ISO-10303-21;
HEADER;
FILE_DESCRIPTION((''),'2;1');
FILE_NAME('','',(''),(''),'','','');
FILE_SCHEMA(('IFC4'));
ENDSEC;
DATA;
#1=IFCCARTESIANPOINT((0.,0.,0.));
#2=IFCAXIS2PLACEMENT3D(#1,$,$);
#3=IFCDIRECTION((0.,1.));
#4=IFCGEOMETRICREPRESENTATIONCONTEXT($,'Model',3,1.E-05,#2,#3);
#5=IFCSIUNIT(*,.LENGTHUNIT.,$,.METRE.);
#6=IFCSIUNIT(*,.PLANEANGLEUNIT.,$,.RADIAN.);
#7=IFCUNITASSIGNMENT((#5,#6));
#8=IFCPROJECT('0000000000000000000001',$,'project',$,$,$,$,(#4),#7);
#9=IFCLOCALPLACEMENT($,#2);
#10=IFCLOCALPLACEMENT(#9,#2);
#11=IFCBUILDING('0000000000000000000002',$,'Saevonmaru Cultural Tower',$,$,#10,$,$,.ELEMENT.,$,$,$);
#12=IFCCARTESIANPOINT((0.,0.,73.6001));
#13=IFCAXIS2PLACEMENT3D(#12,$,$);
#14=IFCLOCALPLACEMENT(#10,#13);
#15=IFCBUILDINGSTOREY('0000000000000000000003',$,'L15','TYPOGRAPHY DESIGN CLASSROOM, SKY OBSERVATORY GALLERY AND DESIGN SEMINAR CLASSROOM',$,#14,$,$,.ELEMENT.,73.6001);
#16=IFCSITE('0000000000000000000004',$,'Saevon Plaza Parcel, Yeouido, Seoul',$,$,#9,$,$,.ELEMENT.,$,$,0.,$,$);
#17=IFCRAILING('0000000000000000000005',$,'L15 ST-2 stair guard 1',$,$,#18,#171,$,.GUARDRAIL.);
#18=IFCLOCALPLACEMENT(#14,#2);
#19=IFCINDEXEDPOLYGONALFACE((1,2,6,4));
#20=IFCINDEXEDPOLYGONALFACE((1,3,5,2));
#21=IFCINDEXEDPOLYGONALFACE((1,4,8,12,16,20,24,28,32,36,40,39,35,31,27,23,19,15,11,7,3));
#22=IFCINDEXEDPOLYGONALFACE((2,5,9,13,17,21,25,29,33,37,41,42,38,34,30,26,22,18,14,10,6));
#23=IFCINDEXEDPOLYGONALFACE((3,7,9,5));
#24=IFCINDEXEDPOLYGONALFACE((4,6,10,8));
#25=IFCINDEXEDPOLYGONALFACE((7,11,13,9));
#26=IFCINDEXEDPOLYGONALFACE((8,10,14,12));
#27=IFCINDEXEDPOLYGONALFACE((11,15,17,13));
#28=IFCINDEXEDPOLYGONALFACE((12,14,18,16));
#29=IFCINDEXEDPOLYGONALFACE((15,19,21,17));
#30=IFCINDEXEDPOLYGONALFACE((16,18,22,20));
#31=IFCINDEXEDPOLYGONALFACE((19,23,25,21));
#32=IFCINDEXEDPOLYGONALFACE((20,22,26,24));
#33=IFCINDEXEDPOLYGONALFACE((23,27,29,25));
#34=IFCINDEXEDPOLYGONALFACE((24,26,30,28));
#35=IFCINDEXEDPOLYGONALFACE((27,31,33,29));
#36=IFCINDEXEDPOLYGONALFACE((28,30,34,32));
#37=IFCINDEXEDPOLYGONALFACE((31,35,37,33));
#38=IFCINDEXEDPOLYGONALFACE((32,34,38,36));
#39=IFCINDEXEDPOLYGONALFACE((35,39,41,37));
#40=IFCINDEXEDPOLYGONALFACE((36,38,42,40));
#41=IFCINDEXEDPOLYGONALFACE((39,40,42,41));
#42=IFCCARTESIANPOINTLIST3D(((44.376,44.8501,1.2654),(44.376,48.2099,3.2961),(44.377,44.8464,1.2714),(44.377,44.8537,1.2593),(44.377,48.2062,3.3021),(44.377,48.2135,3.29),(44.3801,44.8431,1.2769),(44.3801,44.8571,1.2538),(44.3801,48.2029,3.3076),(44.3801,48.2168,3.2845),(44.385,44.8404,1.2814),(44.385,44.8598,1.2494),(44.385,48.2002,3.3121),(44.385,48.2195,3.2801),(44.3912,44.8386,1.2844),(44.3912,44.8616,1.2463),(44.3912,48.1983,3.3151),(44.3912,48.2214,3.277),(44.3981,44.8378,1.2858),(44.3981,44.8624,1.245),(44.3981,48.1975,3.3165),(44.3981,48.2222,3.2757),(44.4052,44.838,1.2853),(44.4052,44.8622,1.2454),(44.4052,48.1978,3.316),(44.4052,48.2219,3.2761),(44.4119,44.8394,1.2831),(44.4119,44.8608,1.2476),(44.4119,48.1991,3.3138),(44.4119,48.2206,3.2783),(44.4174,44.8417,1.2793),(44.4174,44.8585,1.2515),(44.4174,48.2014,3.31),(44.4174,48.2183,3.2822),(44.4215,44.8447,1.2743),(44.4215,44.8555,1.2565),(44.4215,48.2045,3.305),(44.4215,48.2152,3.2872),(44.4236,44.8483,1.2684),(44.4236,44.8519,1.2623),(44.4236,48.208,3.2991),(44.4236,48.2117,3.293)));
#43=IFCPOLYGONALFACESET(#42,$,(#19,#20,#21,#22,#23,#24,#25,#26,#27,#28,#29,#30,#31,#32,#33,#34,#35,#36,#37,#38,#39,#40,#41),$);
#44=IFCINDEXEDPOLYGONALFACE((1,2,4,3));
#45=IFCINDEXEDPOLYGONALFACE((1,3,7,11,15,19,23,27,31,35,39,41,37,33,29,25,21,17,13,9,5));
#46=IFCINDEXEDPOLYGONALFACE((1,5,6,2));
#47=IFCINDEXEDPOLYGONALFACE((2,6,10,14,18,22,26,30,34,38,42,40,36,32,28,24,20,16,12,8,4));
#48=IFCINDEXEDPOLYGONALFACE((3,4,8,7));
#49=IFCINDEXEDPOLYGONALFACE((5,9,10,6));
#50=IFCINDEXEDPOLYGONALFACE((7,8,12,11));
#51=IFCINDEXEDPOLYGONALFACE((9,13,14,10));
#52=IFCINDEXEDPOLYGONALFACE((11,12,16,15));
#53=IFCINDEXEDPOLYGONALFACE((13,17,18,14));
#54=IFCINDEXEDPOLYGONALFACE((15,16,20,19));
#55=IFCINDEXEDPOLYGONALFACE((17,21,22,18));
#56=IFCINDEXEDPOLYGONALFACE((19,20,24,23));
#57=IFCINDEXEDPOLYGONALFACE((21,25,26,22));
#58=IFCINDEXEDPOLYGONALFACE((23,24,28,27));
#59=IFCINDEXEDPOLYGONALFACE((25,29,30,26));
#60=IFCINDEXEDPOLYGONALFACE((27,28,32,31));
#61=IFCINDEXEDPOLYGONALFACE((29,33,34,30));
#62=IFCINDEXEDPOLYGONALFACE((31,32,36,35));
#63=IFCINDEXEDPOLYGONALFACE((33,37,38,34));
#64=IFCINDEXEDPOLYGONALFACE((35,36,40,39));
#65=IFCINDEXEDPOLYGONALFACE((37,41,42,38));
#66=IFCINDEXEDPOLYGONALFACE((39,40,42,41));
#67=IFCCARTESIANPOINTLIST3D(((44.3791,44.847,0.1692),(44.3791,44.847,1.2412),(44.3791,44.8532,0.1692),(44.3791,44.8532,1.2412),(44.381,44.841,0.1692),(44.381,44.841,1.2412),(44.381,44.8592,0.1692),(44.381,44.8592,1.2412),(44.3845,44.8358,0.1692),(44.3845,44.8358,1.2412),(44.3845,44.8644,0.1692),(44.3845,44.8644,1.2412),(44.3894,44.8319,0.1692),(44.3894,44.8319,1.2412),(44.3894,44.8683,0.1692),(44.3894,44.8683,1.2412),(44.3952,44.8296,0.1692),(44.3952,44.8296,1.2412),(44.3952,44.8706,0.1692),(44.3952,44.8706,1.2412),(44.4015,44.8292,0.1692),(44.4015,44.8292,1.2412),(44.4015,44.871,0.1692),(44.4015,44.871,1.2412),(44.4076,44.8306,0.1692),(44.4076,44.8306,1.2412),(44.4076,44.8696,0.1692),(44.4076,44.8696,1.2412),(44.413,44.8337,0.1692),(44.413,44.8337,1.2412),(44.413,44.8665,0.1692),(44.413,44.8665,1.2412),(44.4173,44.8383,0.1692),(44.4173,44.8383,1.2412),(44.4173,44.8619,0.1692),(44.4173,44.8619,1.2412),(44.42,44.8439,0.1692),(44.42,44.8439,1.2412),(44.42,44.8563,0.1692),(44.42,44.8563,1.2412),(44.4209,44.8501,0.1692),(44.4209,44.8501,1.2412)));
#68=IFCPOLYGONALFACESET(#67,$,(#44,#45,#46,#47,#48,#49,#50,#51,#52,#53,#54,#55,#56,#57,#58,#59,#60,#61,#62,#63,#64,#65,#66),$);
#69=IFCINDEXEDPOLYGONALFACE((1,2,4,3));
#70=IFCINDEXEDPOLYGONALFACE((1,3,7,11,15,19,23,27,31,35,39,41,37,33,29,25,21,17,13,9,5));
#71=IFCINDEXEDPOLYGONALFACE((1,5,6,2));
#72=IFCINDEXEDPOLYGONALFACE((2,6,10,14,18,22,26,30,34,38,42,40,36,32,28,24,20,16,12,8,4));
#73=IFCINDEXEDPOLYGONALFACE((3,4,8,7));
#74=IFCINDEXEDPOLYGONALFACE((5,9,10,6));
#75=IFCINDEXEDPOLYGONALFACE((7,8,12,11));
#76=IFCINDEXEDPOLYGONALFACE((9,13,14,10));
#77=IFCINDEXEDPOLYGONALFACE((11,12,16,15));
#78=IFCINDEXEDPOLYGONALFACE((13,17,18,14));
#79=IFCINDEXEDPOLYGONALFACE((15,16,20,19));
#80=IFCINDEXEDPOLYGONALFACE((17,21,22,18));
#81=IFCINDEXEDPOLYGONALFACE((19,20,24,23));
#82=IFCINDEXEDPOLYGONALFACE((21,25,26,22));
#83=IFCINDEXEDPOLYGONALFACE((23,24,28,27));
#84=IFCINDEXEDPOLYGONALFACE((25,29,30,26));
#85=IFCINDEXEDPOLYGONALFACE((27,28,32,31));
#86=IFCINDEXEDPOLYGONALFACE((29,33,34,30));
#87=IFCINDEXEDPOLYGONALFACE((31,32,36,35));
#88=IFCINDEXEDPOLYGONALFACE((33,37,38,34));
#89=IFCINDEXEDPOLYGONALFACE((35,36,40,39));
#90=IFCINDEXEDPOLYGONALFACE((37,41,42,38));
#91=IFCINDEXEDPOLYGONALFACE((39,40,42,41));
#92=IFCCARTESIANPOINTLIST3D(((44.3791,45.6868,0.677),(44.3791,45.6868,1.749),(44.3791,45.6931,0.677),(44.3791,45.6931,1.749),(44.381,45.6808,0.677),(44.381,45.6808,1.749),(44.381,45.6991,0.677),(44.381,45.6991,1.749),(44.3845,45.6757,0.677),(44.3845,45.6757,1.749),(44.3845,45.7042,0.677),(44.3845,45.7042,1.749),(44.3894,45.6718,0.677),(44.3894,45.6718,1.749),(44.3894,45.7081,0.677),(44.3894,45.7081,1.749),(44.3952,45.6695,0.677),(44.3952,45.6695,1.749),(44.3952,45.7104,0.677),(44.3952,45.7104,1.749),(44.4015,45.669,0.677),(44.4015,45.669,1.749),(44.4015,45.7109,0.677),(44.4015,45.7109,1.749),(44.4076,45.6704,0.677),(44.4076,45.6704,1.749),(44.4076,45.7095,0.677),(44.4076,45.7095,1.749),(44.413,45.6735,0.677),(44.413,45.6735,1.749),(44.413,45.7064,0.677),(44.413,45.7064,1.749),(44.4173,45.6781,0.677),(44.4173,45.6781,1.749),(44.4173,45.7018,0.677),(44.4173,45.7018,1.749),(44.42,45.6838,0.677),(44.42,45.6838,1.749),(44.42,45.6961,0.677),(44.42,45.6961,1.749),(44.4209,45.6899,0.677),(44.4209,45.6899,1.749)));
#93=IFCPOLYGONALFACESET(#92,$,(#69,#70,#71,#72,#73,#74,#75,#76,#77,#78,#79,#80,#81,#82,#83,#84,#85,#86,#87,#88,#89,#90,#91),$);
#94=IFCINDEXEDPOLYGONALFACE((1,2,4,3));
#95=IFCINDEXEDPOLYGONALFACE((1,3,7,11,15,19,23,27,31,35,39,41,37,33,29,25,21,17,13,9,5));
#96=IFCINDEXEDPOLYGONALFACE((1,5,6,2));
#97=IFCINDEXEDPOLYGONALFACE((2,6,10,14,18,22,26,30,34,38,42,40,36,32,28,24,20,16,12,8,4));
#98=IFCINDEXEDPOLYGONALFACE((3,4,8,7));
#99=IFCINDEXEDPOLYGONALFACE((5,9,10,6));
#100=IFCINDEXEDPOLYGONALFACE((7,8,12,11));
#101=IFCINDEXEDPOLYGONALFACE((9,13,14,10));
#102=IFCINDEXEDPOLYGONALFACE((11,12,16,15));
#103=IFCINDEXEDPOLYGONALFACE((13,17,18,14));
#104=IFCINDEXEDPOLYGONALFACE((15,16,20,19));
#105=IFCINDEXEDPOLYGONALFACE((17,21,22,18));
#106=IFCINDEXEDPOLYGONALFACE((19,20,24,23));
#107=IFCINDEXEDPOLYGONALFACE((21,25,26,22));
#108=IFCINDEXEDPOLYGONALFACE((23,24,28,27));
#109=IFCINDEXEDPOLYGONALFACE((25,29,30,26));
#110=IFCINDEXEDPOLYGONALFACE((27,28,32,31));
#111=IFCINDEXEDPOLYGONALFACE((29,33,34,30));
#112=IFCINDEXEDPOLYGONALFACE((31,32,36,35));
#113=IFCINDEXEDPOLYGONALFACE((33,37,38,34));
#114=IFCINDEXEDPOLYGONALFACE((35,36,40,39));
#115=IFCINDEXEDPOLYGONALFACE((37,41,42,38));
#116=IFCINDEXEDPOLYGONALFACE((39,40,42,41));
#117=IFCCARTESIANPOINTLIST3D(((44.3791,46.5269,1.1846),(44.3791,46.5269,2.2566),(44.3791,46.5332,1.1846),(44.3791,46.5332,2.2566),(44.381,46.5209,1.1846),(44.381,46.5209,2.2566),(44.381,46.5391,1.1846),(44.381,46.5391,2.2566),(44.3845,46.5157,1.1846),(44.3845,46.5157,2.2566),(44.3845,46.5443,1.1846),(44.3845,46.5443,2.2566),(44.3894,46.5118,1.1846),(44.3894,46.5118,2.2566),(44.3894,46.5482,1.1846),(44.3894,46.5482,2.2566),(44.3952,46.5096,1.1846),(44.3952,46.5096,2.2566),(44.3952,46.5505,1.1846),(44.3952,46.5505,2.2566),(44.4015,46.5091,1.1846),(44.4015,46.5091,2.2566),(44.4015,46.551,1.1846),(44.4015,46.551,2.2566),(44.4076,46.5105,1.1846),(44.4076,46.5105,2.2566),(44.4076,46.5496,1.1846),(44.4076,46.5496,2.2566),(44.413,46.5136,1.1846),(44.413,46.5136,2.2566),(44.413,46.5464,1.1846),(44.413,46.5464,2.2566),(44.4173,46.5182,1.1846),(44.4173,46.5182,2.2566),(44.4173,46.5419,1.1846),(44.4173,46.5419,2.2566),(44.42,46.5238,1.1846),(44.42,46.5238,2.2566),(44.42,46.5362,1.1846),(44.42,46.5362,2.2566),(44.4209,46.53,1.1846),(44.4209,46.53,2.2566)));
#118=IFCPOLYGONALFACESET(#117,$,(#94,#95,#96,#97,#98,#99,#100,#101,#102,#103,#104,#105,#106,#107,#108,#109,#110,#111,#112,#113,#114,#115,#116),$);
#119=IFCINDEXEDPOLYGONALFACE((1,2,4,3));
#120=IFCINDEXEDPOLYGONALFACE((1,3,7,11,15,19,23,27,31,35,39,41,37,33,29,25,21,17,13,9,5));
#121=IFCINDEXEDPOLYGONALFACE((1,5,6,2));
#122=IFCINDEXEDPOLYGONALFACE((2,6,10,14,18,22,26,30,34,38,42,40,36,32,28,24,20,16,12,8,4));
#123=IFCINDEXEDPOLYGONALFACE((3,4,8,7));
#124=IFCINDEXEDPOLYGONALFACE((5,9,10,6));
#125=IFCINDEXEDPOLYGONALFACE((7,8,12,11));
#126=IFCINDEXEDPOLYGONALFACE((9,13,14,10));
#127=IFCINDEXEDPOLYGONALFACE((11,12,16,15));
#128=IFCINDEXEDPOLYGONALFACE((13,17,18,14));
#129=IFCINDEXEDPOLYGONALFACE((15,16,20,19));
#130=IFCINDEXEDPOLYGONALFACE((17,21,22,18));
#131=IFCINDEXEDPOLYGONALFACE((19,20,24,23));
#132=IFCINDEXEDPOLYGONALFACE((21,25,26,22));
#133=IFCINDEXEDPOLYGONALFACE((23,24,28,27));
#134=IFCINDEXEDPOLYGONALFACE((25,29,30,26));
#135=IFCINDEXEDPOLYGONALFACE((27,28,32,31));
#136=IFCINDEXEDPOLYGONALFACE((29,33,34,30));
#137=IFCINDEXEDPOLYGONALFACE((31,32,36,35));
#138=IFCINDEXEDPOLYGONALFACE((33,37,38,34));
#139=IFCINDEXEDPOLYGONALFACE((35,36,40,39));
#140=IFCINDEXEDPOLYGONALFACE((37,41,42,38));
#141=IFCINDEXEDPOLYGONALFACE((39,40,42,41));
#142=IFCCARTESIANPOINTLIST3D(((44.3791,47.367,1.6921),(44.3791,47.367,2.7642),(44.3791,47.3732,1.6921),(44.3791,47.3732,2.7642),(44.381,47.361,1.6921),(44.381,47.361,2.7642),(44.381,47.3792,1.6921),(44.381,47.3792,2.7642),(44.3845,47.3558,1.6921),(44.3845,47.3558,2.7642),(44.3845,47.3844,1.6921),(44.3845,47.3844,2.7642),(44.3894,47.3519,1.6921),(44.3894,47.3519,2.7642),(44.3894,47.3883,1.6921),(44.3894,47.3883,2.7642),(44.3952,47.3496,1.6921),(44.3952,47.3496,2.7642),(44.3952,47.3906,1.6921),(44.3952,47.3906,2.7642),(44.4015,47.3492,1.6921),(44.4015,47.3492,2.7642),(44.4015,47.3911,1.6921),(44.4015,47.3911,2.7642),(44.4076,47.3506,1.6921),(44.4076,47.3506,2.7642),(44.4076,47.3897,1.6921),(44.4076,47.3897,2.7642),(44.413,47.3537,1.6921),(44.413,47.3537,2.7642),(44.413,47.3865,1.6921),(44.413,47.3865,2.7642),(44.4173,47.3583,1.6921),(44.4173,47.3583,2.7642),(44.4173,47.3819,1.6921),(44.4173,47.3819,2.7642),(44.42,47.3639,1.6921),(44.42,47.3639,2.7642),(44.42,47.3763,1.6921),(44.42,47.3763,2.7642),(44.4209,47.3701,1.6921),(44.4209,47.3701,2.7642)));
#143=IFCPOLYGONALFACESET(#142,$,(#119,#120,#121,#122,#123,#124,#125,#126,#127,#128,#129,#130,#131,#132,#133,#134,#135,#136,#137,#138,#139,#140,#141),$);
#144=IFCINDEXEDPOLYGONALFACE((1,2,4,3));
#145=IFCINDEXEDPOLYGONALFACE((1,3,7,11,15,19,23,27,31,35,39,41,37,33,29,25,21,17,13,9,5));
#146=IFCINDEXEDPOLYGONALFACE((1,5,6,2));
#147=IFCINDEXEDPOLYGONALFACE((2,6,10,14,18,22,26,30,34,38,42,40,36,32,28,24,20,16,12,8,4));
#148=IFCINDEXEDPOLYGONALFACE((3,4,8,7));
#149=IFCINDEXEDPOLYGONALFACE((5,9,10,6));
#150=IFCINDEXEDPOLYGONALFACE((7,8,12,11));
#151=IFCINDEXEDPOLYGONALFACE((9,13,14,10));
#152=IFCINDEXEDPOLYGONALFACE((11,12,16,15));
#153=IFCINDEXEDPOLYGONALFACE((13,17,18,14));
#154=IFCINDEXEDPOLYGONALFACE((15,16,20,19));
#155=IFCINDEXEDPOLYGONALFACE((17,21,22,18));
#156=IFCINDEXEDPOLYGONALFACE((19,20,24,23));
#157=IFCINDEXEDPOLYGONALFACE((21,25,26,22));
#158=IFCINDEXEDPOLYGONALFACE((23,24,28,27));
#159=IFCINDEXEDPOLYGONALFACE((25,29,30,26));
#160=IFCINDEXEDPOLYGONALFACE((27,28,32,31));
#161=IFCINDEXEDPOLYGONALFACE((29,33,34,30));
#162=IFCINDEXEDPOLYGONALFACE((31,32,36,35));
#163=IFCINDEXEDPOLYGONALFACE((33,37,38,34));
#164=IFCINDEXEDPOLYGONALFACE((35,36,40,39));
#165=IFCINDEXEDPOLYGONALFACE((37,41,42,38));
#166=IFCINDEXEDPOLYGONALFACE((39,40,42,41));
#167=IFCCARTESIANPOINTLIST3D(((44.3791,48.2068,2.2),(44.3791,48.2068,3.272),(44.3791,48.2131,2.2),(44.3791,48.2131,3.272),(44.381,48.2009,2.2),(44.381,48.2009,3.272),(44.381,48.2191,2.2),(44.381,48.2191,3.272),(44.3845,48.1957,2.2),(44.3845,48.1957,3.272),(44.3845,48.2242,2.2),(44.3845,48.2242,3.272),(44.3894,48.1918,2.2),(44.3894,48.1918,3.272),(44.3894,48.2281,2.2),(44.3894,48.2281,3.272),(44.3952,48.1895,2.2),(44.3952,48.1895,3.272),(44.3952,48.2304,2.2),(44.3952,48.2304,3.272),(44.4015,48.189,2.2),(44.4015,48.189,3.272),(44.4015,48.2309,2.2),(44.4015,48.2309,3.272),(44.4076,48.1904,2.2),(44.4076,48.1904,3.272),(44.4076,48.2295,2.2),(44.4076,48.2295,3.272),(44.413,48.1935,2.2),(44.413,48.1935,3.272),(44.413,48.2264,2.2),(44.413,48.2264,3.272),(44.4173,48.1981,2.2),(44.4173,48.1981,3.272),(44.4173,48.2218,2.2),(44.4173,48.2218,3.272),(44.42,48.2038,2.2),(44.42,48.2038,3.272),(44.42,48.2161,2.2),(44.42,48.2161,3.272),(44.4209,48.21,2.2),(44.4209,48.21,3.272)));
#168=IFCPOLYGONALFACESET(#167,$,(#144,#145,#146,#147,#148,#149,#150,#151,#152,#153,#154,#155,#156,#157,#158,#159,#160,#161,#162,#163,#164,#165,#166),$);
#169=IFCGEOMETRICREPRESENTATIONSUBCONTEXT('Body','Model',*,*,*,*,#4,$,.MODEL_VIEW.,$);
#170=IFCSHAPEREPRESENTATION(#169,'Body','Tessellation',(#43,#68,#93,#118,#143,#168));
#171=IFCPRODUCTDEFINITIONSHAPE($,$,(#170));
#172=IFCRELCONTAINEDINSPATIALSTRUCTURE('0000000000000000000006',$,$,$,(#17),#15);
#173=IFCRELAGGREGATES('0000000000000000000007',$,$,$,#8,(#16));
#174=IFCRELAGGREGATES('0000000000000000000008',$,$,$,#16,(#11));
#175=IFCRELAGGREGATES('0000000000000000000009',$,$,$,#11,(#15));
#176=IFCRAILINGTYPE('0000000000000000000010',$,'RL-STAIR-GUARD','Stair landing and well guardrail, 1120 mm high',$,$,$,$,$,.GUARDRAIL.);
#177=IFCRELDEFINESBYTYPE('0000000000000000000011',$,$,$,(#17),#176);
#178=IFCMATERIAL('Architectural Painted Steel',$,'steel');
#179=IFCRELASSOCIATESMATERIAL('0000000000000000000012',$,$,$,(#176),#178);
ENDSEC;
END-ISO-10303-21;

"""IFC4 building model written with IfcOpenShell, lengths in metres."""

from ifc_helpers import new_model, si_unit, direction, frame, origin, origin_2d, place, context, subcontext, project, spatial, circle, extrude, material, type_object, element, save


model = new_model("IFC4")

# Units and contexts
model_context = context("Model", 3, precision=1e-05, world=origin(), true_north=direction((0.0, 1.0)))
body_context = subcontext(model_context, "Body", "Model", "MODEL_VIEW")
ifc_project = project(units=[si_unit("LENGTHUNIT", "METRE"), si_unit("PLANEANGLEUNIT", "RADIAN")], contexts=[model_context])

# Site, building, storey
site_placement = place(None, origin())
site = spatial("IfcSite", under=ifc_project, at=site_placement, Name="Saevon Plaza Parcel, Yeouido, Seoul", CompositionType="ELEMENT", RefElevation=0.0)
building_placement = place(site_placement, origin())
building = spatial("IfcBuilding", under=site, at=building_placement, Name="Saevonmaru Cultural Tower", CompositionType="ELEMENT")
storey_placement = place(building_placement, frame((0.0, 0.0, 73.6001)))
storey = spatial("IfcBuildingStorey", under=building, at=storey_placement, Name="L15", Description="TYPOGRAPHY DESIGN CLASSROOM, SKY OBSERVATORY GALLERY AND DESIGN SEMINAR CLASSROOM", CompositionType="ELEMENT", Elevation=73.6001)

# Railing
ifc_material_1 = material(Name="Architectural Painted Steel", Category="steel")
railing_type_1 = type_object("IfcRailingType", Name="RL-STAIR-GUARD", Description="Stair landing and well guardrail, 1120 mm high", PredefinedType="GUARDRAIL", material=ifc_material_1)
railing_1_placement = place(storey_placement, frame((44.3999, 44.8501, 0.1692)))
element("IfcRailing", 1, at=railing_1_placement, inside=storey, type_object=railing_type_1, Name="L15 ST-2 stair guard 1", PredefinedType="GUARDRAIL", context=body_context, shape_type="SweptSolid", body=[
    extrude(circle(Radius=0.0239, at=origin_2d()), frame((0.0, 0.0, 1.0962), z_axis=(0.0, 0.85582, 0.517273), x_axis=(-1.0, 0.0, 0.0)), (0.0, 0.0, 1.0), 3.9258),
    extrude(circle(Radius=0.021, at=origin_2d()), origin(), (0.0, 0.0, 1.0), 1.072),
    extrude(circle(Radius=0.021, at=origin_2d()), frame((0.0, 0.8398, 0.5078)), (0.0, 0.0, 1.0), 1.072),
    extrude(circle(Radius=0.021, at=origin_2d()), frame((0.0, 1.6799, 1.0154)), (0.0, 0.0, 1.0), 1.072),
    extrude(circle(Radius=0.021, at=origin_2d()), frame((0.0, 2.52, 1.5229)), (0.0, 0.0, 1.0), 1.072),
    extrude(circle(Radius=0.021, at=origin_2d()), frame((0.0, 3.3599, 2.0308)), (0.0, 0.0, 1.0), 1.072),
])

save(model, "model.ifc")
